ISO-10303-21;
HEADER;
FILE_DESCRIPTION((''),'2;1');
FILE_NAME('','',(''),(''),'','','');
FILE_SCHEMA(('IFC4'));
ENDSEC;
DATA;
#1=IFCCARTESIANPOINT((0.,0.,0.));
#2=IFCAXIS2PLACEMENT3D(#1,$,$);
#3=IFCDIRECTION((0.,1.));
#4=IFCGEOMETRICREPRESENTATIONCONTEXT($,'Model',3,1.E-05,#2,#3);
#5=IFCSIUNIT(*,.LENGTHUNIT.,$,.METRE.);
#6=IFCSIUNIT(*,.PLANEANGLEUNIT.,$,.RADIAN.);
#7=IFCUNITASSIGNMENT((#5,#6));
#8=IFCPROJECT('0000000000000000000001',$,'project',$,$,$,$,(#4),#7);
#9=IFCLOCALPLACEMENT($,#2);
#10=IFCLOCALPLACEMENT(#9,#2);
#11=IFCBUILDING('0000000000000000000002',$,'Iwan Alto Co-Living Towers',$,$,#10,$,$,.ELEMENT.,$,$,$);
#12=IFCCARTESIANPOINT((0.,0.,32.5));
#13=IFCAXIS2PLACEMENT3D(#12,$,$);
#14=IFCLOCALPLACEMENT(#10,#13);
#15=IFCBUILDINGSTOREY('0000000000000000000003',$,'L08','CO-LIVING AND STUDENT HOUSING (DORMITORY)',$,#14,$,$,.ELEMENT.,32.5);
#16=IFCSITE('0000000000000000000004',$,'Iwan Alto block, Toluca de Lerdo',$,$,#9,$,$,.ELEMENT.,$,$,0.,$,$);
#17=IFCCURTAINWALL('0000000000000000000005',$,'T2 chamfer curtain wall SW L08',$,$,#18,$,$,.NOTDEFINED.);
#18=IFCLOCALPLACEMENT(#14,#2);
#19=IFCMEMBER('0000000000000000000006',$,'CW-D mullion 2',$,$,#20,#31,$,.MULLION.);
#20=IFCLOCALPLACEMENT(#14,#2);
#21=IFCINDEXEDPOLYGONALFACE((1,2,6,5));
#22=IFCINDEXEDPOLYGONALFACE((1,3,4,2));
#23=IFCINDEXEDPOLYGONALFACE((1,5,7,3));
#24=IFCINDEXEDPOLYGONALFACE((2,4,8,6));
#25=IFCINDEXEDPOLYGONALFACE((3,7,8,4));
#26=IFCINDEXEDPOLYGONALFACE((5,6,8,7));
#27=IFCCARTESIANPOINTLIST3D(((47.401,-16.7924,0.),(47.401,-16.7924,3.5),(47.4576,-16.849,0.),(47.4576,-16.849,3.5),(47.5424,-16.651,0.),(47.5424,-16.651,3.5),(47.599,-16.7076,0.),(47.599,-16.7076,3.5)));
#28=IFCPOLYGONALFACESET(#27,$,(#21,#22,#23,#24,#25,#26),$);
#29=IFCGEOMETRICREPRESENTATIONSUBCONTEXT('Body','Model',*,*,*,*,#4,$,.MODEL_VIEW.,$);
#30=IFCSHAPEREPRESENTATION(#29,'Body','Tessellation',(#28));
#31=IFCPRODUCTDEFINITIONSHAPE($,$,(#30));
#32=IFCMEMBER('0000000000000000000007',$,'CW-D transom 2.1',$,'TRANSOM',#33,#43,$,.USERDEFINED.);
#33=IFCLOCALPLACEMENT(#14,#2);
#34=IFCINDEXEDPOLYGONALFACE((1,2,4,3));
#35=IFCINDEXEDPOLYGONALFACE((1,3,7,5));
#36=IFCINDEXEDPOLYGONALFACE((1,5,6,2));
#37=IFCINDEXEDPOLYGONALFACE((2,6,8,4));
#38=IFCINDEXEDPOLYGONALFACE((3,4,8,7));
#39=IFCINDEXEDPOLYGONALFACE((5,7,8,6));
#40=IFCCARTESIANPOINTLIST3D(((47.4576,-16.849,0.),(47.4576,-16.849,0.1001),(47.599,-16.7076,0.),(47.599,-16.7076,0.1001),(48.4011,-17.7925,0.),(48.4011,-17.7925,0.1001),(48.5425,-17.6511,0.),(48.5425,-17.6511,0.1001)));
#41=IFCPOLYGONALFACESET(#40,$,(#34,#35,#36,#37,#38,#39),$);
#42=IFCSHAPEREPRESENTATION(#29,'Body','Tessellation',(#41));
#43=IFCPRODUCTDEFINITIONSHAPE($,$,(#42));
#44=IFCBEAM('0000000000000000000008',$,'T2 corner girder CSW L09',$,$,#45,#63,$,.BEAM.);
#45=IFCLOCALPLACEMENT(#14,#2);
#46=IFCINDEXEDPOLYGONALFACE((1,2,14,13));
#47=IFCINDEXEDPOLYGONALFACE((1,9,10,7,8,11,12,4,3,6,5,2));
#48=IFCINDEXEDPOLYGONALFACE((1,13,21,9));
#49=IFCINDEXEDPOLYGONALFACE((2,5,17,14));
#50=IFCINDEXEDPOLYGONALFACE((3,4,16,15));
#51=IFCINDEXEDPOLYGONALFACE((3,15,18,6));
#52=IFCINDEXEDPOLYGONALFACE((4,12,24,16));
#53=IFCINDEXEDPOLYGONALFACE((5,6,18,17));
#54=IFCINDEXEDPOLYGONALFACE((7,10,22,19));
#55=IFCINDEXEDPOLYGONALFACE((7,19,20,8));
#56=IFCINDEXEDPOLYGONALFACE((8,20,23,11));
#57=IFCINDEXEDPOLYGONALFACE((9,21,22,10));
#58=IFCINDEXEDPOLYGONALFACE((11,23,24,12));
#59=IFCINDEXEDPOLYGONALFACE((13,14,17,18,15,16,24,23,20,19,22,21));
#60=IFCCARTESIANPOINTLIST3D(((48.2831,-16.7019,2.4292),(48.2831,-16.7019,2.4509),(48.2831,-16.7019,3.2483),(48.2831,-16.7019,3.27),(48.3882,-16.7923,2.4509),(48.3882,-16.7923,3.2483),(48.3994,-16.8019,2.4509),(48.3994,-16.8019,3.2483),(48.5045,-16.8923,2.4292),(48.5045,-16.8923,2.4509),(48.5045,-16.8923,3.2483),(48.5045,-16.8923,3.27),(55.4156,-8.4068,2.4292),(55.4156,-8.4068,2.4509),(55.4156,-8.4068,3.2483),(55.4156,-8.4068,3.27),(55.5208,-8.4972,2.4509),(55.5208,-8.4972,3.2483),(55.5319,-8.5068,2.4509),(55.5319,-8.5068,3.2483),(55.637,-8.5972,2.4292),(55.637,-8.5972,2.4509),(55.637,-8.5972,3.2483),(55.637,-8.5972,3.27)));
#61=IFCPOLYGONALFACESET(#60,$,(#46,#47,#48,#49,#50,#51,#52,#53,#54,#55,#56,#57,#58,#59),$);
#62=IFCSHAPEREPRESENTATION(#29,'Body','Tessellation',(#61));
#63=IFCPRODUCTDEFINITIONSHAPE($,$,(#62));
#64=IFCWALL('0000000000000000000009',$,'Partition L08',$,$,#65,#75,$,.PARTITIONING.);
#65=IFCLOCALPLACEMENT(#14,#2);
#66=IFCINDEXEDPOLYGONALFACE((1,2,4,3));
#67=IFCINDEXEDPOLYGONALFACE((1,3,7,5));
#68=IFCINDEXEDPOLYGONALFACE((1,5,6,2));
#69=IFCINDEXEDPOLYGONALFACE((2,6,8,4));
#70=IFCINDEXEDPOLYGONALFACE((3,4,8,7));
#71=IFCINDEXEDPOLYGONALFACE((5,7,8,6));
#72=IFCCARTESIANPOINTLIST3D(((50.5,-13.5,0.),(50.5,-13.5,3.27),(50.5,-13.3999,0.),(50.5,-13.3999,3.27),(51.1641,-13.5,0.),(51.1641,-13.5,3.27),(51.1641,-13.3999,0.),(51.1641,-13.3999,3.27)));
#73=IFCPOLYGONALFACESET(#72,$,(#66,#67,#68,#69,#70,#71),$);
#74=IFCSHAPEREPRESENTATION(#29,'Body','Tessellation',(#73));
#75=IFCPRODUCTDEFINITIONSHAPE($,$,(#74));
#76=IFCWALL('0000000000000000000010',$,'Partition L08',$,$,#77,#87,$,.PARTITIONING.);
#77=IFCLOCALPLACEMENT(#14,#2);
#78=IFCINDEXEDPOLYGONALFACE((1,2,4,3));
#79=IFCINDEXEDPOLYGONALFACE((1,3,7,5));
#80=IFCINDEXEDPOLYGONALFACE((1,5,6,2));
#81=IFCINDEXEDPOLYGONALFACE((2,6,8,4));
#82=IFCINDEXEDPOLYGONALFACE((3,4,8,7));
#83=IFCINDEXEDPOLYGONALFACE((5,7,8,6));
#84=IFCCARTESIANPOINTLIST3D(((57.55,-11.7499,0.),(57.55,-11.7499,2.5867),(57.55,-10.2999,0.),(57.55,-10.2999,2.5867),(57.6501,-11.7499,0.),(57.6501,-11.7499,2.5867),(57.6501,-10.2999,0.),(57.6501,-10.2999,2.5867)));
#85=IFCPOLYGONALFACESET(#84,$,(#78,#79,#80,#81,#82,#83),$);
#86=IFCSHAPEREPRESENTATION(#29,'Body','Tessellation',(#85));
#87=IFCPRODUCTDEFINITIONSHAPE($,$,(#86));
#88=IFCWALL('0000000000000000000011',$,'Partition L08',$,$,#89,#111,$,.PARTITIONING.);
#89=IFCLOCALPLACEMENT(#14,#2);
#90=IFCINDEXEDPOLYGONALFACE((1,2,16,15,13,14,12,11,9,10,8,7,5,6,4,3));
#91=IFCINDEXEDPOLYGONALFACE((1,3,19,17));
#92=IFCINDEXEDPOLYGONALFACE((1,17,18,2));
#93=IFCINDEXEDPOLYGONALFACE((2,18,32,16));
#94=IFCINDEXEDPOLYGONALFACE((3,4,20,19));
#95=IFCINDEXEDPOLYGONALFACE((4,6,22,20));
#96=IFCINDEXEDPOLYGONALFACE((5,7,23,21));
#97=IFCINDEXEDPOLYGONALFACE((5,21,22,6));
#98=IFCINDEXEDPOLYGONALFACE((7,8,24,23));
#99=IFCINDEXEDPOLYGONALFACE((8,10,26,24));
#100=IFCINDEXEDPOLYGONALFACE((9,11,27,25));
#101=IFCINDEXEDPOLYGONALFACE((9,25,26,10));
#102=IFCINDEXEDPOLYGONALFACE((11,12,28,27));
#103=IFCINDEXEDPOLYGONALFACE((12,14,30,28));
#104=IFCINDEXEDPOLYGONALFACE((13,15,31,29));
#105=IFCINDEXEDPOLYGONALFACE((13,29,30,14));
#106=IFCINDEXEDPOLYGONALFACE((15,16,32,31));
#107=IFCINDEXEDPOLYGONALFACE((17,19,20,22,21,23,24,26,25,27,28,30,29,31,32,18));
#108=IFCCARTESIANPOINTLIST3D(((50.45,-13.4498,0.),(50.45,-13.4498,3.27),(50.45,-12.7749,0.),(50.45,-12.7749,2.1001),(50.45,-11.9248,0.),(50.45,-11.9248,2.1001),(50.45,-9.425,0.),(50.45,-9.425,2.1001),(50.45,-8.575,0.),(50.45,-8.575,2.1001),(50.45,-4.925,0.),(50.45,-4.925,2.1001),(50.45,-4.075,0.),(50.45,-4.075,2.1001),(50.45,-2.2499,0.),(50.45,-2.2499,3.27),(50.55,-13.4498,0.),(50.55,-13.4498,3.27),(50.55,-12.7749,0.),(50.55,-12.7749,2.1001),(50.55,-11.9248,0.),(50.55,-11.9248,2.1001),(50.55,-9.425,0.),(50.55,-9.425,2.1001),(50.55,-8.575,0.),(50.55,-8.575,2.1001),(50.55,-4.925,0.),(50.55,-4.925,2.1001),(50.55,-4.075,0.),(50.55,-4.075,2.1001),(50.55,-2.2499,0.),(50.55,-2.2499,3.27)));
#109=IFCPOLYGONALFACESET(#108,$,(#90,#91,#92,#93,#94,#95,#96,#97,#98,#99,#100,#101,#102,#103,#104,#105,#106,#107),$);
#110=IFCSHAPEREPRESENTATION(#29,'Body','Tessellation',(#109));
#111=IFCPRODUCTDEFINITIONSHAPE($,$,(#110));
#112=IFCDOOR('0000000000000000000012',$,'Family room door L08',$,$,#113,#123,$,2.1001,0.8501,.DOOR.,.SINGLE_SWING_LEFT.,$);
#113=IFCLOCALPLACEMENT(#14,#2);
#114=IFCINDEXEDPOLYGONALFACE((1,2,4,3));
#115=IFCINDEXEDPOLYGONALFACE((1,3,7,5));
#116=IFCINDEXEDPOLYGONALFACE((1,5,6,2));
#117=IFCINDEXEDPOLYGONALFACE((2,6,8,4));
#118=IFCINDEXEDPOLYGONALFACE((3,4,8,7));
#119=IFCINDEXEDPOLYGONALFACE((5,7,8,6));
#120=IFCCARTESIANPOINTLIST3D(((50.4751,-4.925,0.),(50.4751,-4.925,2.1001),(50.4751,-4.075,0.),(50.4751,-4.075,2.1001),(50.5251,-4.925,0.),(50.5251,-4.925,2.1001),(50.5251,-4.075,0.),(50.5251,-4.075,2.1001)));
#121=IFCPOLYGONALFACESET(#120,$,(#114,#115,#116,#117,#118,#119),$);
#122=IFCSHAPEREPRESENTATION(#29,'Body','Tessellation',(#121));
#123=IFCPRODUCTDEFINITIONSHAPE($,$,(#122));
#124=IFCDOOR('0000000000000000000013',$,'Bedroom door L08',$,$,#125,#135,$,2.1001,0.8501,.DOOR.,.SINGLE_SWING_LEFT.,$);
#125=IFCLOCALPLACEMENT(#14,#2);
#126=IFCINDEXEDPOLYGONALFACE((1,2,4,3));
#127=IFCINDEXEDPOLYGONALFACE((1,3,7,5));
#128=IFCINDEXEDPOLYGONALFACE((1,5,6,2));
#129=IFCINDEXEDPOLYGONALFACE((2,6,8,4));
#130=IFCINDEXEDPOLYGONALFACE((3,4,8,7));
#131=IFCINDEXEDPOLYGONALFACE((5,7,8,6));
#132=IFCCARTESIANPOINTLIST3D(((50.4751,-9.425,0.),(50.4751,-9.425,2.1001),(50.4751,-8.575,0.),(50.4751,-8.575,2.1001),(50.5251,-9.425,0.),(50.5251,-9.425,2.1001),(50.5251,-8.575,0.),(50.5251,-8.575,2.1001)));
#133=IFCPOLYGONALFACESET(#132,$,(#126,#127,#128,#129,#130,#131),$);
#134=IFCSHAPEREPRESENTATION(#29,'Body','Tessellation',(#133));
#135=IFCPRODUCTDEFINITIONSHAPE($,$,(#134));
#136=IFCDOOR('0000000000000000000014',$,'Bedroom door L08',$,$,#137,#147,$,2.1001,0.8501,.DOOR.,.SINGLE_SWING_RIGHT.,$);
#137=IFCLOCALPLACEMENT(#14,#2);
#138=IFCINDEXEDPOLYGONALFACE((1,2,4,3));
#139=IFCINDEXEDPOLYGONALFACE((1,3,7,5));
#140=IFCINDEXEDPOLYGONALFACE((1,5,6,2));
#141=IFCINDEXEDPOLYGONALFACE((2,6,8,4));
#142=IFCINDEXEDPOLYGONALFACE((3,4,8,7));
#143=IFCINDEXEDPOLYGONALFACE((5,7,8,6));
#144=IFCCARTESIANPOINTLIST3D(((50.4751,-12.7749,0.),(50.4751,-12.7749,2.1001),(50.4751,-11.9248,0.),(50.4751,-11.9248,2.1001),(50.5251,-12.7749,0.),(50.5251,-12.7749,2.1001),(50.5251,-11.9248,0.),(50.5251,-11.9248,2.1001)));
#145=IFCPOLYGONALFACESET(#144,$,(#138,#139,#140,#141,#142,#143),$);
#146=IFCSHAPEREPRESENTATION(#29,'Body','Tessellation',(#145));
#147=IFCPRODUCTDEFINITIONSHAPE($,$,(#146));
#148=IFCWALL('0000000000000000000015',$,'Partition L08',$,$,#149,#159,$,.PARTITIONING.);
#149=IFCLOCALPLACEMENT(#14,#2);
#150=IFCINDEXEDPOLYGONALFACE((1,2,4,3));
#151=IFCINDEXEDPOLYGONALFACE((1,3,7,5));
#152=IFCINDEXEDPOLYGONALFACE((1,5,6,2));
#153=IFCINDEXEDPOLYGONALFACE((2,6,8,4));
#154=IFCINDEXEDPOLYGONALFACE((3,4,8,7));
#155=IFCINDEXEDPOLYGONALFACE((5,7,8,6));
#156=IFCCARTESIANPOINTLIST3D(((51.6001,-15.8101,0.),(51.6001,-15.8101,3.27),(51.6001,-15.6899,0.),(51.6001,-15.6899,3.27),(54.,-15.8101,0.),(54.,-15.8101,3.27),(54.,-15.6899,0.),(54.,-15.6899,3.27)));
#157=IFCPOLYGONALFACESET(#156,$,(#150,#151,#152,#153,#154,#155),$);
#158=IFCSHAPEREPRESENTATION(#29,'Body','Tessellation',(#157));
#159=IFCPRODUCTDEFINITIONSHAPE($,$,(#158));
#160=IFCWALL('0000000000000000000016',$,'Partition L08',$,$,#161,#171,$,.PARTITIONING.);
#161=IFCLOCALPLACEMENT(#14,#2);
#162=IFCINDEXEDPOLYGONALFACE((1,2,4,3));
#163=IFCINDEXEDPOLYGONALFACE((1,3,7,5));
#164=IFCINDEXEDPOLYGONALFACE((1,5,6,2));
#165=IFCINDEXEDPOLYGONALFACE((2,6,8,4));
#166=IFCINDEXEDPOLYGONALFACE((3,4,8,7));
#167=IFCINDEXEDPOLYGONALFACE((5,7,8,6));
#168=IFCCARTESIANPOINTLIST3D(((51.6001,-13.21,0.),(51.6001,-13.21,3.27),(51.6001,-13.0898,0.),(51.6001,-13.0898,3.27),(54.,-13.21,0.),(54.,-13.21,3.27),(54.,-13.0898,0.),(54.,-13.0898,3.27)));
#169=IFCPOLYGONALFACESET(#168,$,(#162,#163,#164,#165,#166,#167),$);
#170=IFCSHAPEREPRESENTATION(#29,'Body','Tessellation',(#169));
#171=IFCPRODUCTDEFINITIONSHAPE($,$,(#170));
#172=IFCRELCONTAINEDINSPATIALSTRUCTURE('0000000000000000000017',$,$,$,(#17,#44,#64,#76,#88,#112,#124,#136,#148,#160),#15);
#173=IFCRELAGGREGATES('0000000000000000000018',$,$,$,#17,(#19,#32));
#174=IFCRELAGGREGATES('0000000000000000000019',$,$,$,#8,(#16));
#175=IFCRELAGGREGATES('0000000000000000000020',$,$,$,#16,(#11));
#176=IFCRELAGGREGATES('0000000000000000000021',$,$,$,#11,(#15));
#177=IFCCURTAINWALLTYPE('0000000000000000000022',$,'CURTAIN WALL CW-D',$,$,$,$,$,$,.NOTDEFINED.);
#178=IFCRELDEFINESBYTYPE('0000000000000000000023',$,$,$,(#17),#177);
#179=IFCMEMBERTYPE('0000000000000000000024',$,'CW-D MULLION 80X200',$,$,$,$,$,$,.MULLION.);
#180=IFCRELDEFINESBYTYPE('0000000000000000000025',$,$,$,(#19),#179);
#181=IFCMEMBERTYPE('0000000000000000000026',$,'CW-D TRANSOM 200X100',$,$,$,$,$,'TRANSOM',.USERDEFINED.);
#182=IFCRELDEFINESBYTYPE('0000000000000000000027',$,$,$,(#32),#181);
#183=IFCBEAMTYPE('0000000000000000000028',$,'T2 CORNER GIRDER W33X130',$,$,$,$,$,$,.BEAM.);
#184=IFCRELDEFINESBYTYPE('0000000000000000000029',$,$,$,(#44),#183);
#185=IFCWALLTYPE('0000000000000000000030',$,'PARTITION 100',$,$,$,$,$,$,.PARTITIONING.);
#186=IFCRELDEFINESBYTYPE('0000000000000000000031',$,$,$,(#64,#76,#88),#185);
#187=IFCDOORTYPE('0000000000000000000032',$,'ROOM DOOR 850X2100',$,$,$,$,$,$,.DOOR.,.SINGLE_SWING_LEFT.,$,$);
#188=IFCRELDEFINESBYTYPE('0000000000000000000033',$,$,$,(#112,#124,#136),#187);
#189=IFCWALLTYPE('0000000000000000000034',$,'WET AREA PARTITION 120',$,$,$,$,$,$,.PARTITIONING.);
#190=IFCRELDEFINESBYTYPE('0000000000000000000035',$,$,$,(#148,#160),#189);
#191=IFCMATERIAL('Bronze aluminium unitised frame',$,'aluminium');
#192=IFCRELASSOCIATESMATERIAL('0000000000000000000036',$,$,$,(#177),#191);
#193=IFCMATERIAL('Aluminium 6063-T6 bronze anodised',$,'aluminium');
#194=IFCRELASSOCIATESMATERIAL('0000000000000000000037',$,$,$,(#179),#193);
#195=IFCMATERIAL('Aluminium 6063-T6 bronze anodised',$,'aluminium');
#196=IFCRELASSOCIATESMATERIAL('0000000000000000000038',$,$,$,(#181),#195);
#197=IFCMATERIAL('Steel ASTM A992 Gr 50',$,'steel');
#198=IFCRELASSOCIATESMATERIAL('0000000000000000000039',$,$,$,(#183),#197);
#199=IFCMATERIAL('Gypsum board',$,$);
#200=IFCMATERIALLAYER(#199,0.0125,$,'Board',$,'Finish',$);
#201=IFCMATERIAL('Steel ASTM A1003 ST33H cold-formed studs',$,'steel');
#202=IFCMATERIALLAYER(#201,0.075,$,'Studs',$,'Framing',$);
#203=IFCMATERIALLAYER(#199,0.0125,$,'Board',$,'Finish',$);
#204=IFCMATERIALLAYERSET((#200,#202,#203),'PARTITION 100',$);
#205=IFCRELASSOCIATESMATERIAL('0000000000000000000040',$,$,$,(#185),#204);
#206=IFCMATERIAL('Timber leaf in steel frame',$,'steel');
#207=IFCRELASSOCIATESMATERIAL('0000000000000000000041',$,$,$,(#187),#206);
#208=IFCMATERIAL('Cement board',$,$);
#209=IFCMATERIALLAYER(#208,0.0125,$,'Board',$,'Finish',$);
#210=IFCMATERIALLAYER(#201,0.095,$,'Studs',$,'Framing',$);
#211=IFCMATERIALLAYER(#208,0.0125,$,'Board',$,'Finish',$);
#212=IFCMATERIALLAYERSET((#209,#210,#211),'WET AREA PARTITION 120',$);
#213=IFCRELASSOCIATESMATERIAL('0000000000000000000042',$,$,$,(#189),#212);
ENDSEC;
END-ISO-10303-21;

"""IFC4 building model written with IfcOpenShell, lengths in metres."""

from ifc_helpers import new_model, si_unit, direction, frame, frame_2d, origin, origin_2d, place, context, subcontext, project, spatial, rectangle, i_section, extrude, material, layer, layer_set, material_profile, profile_set, type_object, element, fill, aggregate, save


model = new_model("IFC4")

# Units and contexts
model_context = context("Model", 3, precision=1e-05, world=origin(), true_north=direction((0.0, 1.0)))
body_context = subcontext(model_context, "Body", "Model", "MODEL_VIEW")
ifc_project = project(units=[si_unit("LENGTHUNIT", "METRE"), si_unit("PLANEANGLEUNIT", "RADIAN")], contexts=[model_context])

# Site, building, storey
site_placement = place(None, origin())
site = spatial("IfcSite", under=ifc_project, at=site_placement, Name="Iwan Alto block, Toluca de Lerdo", CompositionType="ELEMENT", RefElevation=0.0)
building_placement = place(site_placement, origin())
building = spatial("IfcBuilding", under=site, at=building_placement, Name="Iwan Alto Co-Living Towers", CompositionType="ELEMENT")
storey_placement = place(building_placement, frame((0.0, 0.0, 32.5)))
storey = spatial("IfcBuildingStorey", under=building, at=storey_placement, Name="L08", Description="CO-LIVING AND STUDENT HOUSING (DORMITORY)", CompositionType="ELEMENT", Elevation=32.5)

# Curtain wall, members
ifc_material_1 = material(Name="Bronze aluminium unitised frame", Category="aluminium")
curtain_wall_type = type_object("IfcCurtainWallType", Name="CURTAIN WALL CW-D", PredefinedType="NOTDEFINED", material=ifc_material_1)
curtain_wall_placement = place(storey_placement, origin())
curtain_wall = element("IfcCurtainWall", 1, at=curtain_wall_placement, inside=storey, type_object=curtain_wall_type, Name="T2 chamfer curtain wall SW L08", PredefinedType="NOTDEFINED")
ifc_material_2 = material(Name="Aluminium 6063-T6 bronze anodised", Category="aluminium")
ifc_material_profile_1 = material_profile(ifc_material_2, rectangle(XDim=0.2, YDim=0.0801, at=origin_2d()), Name="AL 80X200")
ifc_profile_set_1 = profile_set([ifc_material_profile_1], Name="Aluminium 6063-T6 bronze anodised")
member_type_1 = type_object("IfcMemberType", Name="CW-D MULLION 80X200", PredefinedType="MULLION", material=ifc_profile_set_1)
member_1_placement = place(storey_placement, frame((47.5, -16.75, 0.0), z_axis=(0.0, 0.0, 1.0), x_axis=(0.707107, 0.707107, 0.0)))
member_1 = element("IfcMember", 2, at=member_1_placement, type_object=member_type_1, Name="CW-D mullion 2", PredefinedType="MULLION", context=body_context, shape_type="SweptSolid", body=[
    extrude(rectangle(XDim=0.2, YDim=0.0801, at=origin_2d()), origin(), (0.0, 0.0, 1.0), 3.5),
])
ifc_material_3 = material(Name="Aluminium 6063-T6 bronze anodised", Category="aluminium")
ifc_material_profile_2 = material_profile(ifc_material_3, rectangle(XDim=0.2, YDim=0.1001, at=origin_2d()), Name="AL 200X100")
ifc_profile_set_2 = profile_set([ifc_material_profile_2], Name="Aluminium 6063-T6 bronze anodised")
member_type_2 = type_object("IfcMemberType", Name="CW-D TRANSOM 200X100", ElementType="TRANSOM", PredefinedType="USERDEFINED", material=ifc_profile_set_2)
member_2_placement = place(storey_placement, frame((47.5283, -16.7783, 0.05), z_axis=(0.707107, -0.707107, 0.0), x_axis=(0.707107, 0.707107, 0.0)))
member_2 = element("IfcMember", 3, at=member_2_placement, type_object=member_type_2, Name="CW-D transom 2.1", ObjectType="TRANSOM", PredefinedType="USERDEFINED", context=body_context, shape_type="SweptSolid", body=[
    extrude(rectangle(XDim=0.2, YDim=0.1001, at=origin_2d()), origin(), (0.0, 0.0, 1.0), 1.3342),
])
aggregate(curtain_wall, [member_1, member_2])

# Beam
ifc_material_4 = material(Name="Steel ASTM A992 Gr 50", Category="steel")
ifc_material_profile_3 = material_profile(ifc_material_4, i_section(OverallWidth=0.292, OverallDepth=0.8408, WebThickness=0.0146, FlangeThickness=0.0217, at=origin_2d()), Name="W33X130")
ifc_profile_set_3 = profile_set([ifc_material_profile_3], Name="Steel ASTM A992 Gr 50")
beam_type = type_object("IfcBeamType", Name="T2 CORNER GIRDER W33X130", PredefinedType="BEAM", material=ifc_profile_set_3)
beam_placement = place(storey_placement, frame((48.3938, -16.7971, 2.8496), z_axis=(0.651972, 0.758243, 0.0), x_axis=(-0.758243, 0.651972, 0.0)))
element("IfcBeam", 4, at=beam_placement, inside=storey, type_object=beam_type, Name="T2 corner girder CSW L09", PredefinedType="BEAM", context=body_context, shape_type="SweptSolid", body=[
    extrude(i_section(OverallWidth=0.292, OverallDepth=0.8408, WebThickness=0.0146, FlangeThickness=0.0217, at=origin_2d()), origin(), (0.0, 0.0, 1.0), 10.9399),
])

# Walls
ifc_material_5 = material(Name="Gypsum board")
ifc_layer_1 = layer(ifc_material_5, 0.0125, Name="Board", Category="Finish")
ifc_material_6 = material(Name="Steel ASTM A1003 ST33H cold-formed studs", Category="steel")
ifc_layer_2 = layer(ifc_material_6, 0.075, Name="Studs", Category="Framing")
ifc_layer_3 = layer(ifc_material_5, 0.0125, Name="Board", Category="Finish")
ifc_layer_set_1 = layer_set([ifc_layer_1, ifc_layer_2, ifc_layer_3], Name="PARTITION 100")
wall_type_1 = type_object("IfcWallType", Name="PARTITION 100", PredefinedType="PARTITIONING", material=ifc_layer_set_1)
wall_1_placement = place(storey_placement, frame((50.5, -13.45, 0.0), z_axis=(0.0, 0.0, 1.0), x_axis=(1.0, 0.0, 0.0)))
element("IfcWall", 5, at=wall_1_placement, inside=storey, type_object=wall_type_1, Name="Partition L08", PredefinedType="PARTITIONING", context=body_context, shape_type="SweptSolid", body=[
    extrude(rectangle(XDim=0.6641, YDim=0.1001, at=frame_2d((0.332, 0.0))), origin(), (0.0, 0.0, 1.0), 3.27),
])
wall_2_placement = place(storey_placement, frame((57.6001, -11.75, 0.0), z_axis=(0.0, 0.0, 1.0), x_axis=(0.0, 1.0, 0.0)))
element("IfcWall", 6, at=wall_2_placement, inside=storey, type_object=wall_type_1, Name="Partition L08", PredefinedType="PARTITIONING", context=body_context, shape_type="SweptSolid", body=[
    extrude(rectangle(XDim=1.45, YDim=0.1001, at=frame_2d((0.7251, 0.0))), origin(), (0.0, 0.0, 1.0), 2.5867),
])

# Wall, openings, doors
wall_3_placement = place(storey_placement, frame((50.5, -13.45, 0.0), z_axis=(0.0, 0.0, 1.0), x_axis=(0.0, 1.0, 0.0)))
wall_3 = element("IfcWall", 7, at=wall_3_placement, inside=storey, type_object=wall_type_1, Name="Partition L08", PredefinedType="PARTITIONING", context=body_context, shape_type="SweptSolid", body=[
    extrude(rectangle(XDim=11.2, YDim=0.1001, at=frame_2d((5.6001, 0.0))), origin(), (0.0, 0.0, 1.0), 3.27),
])
opening_1_placement = place(wall_3_placement, frame((8.5249, 0.0, 0.0)))
opening_1 = element("IfcOpeningElement", 8, at=opening_1_placement, cuts=wall_3, PredefinedType="OPENING", context=body_context, shape_type="SweptSolid", body=[
    extrude(rectangle(XDim=0.8501, YDim=2.1001, at=frame_2d((0.425, 1.05))), frame((0.0, 0.0601, 0.0), z_axis=(0.0, -1.0, 0.0), x_axis=(1.0, 0.0, 0.0)), (0.0, 0.0, 1.0), 0.1201),
])
opening_2_placement = place(wall_3_placement, frame((4.0249, 0.0, 0.0)))
opening_2 = element("IfcOpeningElement", 9, at=opening_2_placement, cuts=wall_3, PredefinedType="OPENING", context=body_context, shape_type="SweptSolid", body=[
    extrude(rectangle(XDim=0.8501, YDim=2.1001, at=frame_2d((0.425, 1.05))), frame((0.0, 0.0601, 0.0), z_axis=(0.0, -1.0, 0.0), x_axis=(1.0, 0.0, 0.0)), (0.0, 0.0, 1.0), 0.1201),
])
opening_3_placement = place(wall_3_placement, frame((0.675, 0.0, 0.0)))
opening_3 = element("IfcOpeningElement", 10, at=opening_3_placement, cuts=wall_3, PredefinedType="OPENING", context=body_context, shape_type="SweptSolid", body=[
    extrude(rectangle(XDim=0.8501, YDim=2.1001, at=frame_2d((0.425, 1.05))), frame((0.0, 0.0601, 0.0), z_axis=(0.0, -1.0, 0.0), x_axis=(1.0, 0.0, 0.0)), (0.0, 0.0, 1.0), 0.1201),
])
ifc_material_7 = material(Name="Timber leaf in steel frame", Category="steel")
door_type = type_object("IfcDoorType", Name="ROOM DOOR 850X2100", OperationType="SINGLE_SWING_LEFT", PredefinedType="DOOR", material=ifc_material_7)
door_1_placement = place(opening_1_placement, origin())
door_1 = element("IfcDoor", 11, at=door_1_placement, inside=storey, type_object=door_type, Name="Family room door L08", OperationType="SINGLE_SWING_LEFT", OverallHeight=2.1001, OverallWidth=0.8501, PredefinedType="DOOR", context=body_context, shape_type="SweptSolid", body=[
    extrude(rectangle(XDim=0.8501, YDim=2.1001, at=frame_2d((0.425, 1.05))), frame((0.0, 0.0249, 0.0), z_axis=(0.0, -1.0, 0.0), x_axis=(1.0, 0.0, 0.0)), (0.0, 0.0, 1.0), 0.05),
])
fill(opening_1, door_1)
door_2_placement = place(opening_2_placement, origin())
door_2 = element("IfcDoor", 12, at=door_2_placement, inside=storey, type_object=door_type, Name="Bedroom door L08", OperationType="SINGLE_SWING_LEFT", OverallHeight=2.1001, OverallWidth=0.8501, PredefinedType="DOOR", context=body_context, shape_type="SweptSolid", body=[
    extrude(rectangle(XDim=0.8501, YDim=2.1001, at=frame_2d((0.425, 1.05))), frame((0.0, 0.0249, 0.0), z_axis=(0.0, -1.0, 0.0), x_axis=(1.0, 0.0, 0.0)), (0.0, 0.0, 1.0), 0.05),
])
fill(opening_2, door_2)
door_3_placement = place(opening_3_placement, origin())
door_3 = element("IfcDoor", 13, at=door_3_placement, inside=storey, type_object=door_type, Name="Bedroom door L08", OperationType="SINGLE_SWING_RIGHT", OverallHeight=2.1001, OverallWidth=0.8501, PredefinedType="DOOR", context=body_context, shape_type="SweptSolid", body=[
    extrude(rectangle(XDim=0.8501, YDim=2.1001, at=frame_2d((0.425, 1.05))), frame((0.0, 0.0249, 0.0), z_axis=(0.0, -1.0, 0.0), x_axis=(1.0, 0.0, 0.0)), (0.0, 0.0, 1.0), 0.05),
])
fill(opening_3, door_3)

# Walls
ifc_material_8 = material(Name="Cement board")
ifc_layer_4 = layer(ifc_material_8, 0.0125, Name="Board", Category="Finish")
ifc_layer_5 = layer(ifc_material_6, 0.095, Name="Studs", Category="Framing")
ifc_layer_6 = layer(ifc_material_8, 0.0125, Name="Board", Category="Finish")
ifc_layer_set_2 = layer_set([ifc_layer_4, ifc_layer_5, ifc_layer_6], Name="WET AREA PARTITION 120")
wall_type_2 = type_object("IfcWallType", Name="WET AREA PARTITION 120", PredefinedType="PARTITIONING", material=ifc_layer_set_2)
for number, where, z_axis, x_axis, name in (
    (14, (51.6001, -15.75, 0.0), (0.0, 0.0, 1.0), (1.0, 0.0, 0.0), "Partition L08"),
    (15, (51.6001, -13.1499, 0.0), (0.0, 0.0, 1.0), (1.0, 0.0, 0.0), "Partition L08"),
):
    element("IfcWall", number, at=place(storey_placement, frame(where, z_axis=z_axis, x_axis=x_axis)), inside=storey, type_object=wall_type_2, Name=name, PredefinedType="PARTITIONING", context=body_context, shape_type="SweptSolid", body=[
        extrude(rectangle(XDim=2.3999, YDim=0.1201, at=frame_2d((1.2, 0.0))), origin(), (0.0, 0.0, 1.0), 3.27),
    ])

save(model, "model.ifc")
